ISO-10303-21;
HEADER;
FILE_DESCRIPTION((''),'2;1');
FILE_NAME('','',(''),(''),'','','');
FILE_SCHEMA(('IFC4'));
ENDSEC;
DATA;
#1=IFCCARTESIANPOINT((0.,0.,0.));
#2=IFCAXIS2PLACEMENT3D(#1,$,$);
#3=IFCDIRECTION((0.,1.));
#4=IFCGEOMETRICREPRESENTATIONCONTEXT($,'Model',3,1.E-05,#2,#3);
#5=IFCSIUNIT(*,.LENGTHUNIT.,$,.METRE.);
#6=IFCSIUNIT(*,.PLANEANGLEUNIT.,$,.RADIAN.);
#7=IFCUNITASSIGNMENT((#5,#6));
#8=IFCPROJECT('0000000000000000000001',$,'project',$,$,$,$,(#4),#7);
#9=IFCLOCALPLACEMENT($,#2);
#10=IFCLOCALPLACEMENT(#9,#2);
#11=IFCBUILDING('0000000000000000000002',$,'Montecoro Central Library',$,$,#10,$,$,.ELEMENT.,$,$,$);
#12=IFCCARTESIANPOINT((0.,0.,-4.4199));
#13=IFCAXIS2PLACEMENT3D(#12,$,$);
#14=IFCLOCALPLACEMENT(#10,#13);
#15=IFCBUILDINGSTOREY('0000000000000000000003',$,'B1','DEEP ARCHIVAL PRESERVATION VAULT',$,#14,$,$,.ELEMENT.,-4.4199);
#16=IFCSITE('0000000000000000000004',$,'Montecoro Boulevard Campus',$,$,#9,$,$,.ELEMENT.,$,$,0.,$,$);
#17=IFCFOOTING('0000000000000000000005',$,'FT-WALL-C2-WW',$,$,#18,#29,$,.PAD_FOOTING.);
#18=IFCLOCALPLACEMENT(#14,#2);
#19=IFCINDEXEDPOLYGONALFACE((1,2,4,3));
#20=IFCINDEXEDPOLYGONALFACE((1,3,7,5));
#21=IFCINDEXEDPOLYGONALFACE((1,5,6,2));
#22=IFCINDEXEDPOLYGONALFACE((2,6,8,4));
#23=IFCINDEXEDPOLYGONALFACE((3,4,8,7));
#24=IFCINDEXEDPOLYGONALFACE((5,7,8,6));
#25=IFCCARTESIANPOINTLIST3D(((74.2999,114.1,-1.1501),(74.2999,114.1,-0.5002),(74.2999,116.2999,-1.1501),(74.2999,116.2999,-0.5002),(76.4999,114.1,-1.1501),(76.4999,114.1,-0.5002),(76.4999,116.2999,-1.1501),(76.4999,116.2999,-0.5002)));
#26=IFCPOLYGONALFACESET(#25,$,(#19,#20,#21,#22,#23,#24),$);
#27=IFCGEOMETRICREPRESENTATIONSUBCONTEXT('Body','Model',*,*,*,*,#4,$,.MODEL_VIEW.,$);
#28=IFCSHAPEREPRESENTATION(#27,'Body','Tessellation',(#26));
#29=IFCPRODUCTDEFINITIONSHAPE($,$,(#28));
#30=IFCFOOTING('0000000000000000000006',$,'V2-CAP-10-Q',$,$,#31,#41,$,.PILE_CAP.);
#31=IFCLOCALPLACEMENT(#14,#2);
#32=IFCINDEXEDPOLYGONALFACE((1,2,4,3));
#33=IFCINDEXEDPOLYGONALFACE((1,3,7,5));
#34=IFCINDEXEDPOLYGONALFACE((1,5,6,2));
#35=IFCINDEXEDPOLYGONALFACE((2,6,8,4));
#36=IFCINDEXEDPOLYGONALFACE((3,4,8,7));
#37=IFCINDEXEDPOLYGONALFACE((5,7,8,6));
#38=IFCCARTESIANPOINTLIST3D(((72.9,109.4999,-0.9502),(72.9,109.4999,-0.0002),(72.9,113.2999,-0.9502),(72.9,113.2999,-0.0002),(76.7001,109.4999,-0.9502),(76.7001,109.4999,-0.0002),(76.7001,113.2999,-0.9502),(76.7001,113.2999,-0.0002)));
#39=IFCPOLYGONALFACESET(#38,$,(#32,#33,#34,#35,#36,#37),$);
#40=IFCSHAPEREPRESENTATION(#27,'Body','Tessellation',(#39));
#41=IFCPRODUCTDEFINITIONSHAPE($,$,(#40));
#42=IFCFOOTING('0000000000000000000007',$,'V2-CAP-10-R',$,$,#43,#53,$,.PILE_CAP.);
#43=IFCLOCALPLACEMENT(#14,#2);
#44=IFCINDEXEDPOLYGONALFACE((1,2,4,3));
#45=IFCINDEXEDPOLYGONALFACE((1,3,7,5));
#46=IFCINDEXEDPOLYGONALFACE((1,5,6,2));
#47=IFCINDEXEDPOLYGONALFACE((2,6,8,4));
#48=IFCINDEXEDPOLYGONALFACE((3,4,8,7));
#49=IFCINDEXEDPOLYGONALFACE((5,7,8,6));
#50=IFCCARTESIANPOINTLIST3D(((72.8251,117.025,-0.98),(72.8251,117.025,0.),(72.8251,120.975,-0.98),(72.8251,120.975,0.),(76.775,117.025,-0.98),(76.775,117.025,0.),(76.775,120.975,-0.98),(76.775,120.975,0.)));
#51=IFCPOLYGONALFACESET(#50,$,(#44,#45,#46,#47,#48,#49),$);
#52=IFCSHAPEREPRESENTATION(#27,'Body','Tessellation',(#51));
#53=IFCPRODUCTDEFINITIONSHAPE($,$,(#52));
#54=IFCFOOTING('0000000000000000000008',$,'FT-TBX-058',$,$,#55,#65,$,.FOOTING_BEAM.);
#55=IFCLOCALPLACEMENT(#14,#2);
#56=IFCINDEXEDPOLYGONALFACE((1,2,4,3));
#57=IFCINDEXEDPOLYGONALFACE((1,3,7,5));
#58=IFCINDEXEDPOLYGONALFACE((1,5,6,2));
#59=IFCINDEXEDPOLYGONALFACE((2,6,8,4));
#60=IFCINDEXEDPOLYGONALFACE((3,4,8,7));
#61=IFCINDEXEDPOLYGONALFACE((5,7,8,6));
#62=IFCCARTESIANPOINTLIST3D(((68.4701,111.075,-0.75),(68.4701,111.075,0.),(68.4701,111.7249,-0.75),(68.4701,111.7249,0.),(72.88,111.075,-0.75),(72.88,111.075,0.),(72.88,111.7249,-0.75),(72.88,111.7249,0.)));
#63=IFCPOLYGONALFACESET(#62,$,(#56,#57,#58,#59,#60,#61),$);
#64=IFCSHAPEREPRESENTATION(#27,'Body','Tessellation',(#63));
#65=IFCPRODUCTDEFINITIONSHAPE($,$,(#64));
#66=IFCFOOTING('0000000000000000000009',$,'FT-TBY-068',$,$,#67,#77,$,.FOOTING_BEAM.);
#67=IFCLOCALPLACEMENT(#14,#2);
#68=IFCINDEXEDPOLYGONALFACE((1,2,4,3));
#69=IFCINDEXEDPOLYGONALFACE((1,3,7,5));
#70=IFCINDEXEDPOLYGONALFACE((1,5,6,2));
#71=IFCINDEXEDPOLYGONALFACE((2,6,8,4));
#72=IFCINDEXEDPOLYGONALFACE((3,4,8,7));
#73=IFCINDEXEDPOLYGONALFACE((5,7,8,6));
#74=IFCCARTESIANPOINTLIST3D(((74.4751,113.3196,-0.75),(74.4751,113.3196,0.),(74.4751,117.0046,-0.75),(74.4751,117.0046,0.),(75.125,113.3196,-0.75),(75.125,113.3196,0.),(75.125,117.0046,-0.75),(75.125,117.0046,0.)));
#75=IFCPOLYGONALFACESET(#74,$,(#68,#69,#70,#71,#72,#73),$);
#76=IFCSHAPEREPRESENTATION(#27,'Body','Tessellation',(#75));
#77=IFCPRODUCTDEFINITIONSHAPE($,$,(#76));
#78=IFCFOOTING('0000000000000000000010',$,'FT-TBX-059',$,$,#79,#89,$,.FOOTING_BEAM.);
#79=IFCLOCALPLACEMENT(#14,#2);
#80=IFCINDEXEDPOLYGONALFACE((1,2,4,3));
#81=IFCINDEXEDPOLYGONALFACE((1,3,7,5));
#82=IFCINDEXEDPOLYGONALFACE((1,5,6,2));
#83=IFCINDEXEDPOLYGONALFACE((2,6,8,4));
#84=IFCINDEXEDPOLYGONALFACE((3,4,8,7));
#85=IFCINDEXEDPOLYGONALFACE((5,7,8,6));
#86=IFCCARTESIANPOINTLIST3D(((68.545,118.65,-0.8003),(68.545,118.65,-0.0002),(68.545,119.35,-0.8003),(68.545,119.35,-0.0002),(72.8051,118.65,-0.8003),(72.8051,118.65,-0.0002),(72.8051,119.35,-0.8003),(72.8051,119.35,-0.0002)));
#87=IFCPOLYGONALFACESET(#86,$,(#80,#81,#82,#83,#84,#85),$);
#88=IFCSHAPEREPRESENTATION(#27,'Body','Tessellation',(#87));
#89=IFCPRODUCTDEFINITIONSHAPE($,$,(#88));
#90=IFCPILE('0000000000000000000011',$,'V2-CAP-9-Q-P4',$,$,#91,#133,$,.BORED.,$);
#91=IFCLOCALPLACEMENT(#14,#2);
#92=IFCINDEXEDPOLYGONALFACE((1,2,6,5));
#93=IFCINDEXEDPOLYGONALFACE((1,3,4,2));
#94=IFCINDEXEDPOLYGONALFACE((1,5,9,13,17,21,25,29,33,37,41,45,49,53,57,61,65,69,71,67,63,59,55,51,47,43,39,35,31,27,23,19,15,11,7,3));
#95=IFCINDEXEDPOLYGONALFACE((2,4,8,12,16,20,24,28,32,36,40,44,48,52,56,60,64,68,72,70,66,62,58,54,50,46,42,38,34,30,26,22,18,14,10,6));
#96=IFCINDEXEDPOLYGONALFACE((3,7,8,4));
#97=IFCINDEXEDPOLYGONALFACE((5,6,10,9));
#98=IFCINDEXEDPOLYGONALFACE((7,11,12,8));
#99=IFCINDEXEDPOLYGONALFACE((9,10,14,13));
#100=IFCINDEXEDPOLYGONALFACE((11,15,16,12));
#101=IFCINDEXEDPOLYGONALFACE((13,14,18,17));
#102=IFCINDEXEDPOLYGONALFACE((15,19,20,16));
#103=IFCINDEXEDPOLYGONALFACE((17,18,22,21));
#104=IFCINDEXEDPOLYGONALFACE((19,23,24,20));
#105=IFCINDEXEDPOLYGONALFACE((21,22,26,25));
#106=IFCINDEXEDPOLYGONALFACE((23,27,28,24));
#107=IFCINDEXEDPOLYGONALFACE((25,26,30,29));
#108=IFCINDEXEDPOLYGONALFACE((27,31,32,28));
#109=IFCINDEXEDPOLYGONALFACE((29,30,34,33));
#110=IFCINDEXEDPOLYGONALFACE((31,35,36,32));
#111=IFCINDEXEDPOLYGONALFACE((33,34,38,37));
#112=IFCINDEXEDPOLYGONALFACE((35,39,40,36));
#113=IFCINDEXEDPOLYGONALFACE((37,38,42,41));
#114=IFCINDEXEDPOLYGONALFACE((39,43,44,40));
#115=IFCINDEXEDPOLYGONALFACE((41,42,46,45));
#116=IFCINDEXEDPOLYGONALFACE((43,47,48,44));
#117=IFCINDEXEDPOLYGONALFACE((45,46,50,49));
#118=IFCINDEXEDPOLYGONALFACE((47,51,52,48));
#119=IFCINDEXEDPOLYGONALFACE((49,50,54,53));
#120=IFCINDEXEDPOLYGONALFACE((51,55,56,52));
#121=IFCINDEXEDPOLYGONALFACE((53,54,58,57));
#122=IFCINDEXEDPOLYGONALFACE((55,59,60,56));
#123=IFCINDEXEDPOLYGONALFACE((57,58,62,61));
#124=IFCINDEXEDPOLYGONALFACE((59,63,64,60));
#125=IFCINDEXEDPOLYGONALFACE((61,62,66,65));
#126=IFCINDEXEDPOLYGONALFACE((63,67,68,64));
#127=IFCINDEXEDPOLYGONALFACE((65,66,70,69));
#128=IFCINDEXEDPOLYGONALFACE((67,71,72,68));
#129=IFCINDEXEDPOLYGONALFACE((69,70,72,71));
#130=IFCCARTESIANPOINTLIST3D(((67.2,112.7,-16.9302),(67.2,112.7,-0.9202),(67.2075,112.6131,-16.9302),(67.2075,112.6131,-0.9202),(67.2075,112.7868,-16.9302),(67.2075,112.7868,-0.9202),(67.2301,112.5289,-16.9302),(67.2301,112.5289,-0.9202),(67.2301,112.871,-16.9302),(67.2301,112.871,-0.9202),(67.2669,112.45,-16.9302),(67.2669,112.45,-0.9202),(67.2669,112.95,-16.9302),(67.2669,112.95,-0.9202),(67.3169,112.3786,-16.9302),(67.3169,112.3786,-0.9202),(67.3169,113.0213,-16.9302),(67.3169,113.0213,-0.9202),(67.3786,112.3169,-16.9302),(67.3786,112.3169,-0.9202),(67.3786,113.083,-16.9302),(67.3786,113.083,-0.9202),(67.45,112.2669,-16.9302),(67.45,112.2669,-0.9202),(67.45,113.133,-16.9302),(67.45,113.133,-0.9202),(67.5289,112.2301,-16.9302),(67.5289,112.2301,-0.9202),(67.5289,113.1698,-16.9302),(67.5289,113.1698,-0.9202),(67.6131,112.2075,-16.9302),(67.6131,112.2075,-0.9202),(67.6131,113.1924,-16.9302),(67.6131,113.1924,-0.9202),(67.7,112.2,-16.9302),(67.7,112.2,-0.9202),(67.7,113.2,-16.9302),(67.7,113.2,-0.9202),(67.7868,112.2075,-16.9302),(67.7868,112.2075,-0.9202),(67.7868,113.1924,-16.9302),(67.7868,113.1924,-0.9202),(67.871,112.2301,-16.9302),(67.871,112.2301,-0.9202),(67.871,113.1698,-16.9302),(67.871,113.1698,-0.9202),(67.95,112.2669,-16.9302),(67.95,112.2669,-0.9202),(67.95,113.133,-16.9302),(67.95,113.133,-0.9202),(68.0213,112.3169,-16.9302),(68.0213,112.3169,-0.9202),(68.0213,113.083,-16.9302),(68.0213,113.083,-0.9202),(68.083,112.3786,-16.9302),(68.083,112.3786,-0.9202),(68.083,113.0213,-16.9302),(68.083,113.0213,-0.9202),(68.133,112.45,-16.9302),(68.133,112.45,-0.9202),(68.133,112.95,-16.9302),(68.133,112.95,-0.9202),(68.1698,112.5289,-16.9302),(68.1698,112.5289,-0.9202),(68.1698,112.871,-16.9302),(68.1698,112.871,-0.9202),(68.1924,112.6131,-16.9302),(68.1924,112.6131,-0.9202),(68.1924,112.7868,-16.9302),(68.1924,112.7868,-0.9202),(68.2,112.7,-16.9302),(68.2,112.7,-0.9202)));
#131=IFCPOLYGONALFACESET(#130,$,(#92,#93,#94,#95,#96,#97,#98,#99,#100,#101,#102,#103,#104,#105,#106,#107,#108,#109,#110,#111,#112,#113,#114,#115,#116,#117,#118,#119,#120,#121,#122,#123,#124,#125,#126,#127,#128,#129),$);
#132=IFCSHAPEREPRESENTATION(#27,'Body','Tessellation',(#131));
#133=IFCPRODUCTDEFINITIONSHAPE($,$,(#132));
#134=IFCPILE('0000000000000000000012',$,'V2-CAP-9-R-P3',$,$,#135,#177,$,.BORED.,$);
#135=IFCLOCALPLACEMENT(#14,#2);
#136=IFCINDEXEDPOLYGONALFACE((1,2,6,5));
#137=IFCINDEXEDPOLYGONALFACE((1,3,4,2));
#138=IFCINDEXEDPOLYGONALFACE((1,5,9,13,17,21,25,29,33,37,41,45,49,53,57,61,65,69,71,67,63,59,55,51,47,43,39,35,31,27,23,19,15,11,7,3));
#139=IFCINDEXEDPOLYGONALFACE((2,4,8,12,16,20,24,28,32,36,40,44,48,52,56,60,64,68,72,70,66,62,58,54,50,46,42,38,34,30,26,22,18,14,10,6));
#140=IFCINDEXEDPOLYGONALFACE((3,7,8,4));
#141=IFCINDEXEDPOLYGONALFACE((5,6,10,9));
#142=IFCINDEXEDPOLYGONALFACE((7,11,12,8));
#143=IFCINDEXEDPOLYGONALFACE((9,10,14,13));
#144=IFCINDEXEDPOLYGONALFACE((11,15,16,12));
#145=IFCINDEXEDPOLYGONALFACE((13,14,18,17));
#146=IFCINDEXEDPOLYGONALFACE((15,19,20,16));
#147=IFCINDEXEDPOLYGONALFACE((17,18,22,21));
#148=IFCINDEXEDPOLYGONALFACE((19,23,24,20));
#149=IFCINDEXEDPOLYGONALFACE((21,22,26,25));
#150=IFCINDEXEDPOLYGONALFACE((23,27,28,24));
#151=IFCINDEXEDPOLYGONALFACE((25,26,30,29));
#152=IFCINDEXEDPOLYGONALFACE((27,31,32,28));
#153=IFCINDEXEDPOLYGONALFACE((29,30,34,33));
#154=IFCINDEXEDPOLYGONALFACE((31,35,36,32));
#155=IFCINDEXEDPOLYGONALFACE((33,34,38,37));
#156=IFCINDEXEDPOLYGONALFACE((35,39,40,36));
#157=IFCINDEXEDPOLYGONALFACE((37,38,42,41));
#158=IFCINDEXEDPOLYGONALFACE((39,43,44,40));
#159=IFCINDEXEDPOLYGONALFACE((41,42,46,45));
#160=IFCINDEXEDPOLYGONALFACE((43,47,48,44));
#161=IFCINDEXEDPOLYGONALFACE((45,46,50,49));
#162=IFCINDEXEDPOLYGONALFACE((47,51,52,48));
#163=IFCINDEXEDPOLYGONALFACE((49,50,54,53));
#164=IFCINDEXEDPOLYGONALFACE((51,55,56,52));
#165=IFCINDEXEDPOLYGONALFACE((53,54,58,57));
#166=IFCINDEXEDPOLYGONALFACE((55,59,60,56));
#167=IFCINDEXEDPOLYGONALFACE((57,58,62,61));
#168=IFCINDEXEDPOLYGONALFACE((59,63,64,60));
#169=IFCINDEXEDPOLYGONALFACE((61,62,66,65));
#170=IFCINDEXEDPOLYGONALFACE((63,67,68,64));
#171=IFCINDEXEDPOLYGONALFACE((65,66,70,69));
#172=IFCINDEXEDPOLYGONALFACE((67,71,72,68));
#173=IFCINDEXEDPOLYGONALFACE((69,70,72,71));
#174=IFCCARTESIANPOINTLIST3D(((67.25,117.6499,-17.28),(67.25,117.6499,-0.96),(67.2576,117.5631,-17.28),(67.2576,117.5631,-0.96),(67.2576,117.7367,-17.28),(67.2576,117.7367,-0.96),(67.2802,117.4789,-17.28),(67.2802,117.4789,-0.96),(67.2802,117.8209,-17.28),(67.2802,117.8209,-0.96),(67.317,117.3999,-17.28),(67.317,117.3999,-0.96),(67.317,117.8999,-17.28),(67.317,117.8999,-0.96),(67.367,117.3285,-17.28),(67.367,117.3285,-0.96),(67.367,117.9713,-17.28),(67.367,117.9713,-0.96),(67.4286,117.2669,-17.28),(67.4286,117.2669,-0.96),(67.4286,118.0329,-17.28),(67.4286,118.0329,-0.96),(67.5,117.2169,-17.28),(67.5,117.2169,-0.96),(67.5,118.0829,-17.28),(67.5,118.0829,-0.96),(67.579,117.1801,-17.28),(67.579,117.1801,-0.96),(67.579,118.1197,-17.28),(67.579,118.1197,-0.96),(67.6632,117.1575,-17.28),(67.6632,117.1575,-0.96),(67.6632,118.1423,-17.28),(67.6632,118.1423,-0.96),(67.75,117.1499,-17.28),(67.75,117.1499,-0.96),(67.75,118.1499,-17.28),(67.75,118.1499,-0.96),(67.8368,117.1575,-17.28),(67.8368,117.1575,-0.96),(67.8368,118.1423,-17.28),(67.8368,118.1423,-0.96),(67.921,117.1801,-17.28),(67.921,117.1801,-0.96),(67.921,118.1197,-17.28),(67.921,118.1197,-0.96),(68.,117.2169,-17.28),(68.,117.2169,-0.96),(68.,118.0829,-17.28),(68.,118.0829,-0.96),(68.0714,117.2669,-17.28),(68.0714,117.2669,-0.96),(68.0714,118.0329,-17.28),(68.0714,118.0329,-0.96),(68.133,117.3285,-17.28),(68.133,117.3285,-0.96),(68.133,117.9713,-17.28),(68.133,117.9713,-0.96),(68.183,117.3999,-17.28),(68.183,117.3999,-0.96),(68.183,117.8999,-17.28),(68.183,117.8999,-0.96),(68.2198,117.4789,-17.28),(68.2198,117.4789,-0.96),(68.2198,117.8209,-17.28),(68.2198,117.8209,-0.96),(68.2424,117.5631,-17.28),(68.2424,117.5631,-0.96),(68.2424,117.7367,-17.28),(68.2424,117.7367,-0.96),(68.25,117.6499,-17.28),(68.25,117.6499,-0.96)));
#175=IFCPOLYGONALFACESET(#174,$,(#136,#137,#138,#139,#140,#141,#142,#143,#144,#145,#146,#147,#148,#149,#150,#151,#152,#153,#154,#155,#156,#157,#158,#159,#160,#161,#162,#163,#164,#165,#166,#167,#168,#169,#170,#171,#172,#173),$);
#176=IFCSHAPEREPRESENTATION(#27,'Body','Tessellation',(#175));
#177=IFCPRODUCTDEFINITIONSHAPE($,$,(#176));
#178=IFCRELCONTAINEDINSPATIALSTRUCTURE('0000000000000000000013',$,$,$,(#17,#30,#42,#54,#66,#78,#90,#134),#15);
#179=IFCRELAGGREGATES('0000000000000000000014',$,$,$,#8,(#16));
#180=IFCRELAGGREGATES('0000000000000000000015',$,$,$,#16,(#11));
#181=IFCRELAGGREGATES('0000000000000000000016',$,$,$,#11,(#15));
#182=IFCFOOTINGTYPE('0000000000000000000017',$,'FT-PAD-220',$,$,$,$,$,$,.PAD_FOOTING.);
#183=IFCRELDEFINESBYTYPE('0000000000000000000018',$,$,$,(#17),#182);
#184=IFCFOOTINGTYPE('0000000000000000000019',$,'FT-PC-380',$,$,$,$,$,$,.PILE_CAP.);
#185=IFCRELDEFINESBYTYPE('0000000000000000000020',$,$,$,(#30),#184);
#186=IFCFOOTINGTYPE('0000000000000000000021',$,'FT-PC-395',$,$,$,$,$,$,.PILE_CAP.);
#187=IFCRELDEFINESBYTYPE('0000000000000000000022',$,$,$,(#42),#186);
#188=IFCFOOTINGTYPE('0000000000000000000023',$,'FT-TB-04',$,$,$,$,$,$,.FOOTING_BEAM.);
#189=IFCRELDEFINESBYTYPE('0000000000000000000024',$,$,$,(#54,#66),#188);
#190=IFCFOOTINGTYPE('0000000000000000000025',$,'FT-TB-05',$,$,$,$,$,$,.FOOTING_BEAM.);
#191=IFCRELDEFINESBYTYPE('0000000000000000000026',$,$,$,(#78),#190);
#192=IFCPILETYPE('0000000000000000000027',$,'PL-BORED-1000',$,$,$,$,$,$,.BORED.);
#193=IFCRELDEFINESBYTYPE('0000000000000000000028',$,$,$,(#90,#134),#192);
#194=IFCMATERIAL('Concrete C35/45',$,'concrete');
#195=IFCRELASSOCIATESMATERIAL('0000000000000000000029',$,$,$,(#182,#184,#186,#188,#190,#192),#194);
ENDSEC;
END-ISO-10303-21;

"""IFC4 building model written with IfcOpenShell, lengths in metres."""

from ifc_helpers import new_model, si_unit, direction, frame, origin, origin_2d, place, context, subcontext, project, spatial, rectangle, circle, extrude, material, material_profile, profile_set, type_object, element, save


model = new_model("IFC4")

# Units and contexts
model_context = context("Model", 3, precision=1e-05, world=origin(), true_north=direction((0.0, 1.0)))
body_context = subcontext(model_context, "Body", "Model", "MODEL_VIEW")
ifc_project = project(units=[si_unit("LENGTHUNIT", "METRE"), si_unit("PLANEANGLEUNIT", "RADIAN")], contexts=[model_context])

# Site, building, storey
site_placement = place(None, origin())
site = spatial("IfcSite", under=ifc_project, at=site_placement, Name="Montecoro Boulevard Campus", CompositionType="ELEMENT", RefElevation=0.0)
building_placement = place(site_placement, origin())
building = spatial("IfcBuilding", under=site, at=building_placement, Name="Montecoro Central Library", CompositionType="ELEMENT")
storey_placement = place(building_placement, frame((0.0, 0.0, -4.4199)))
storey = spatial("IfcBuildingStorey", under=building, at=storey_placement, Name="B1", Description="DEEP ARCHIVAL PRESERVATION VAULT", CompositionType="ELEMENT", Elevation=-4.4199)

# Footings
ifc_material_1 = material(Name="Concrete C35/45", Category="concrete")
footing_type_1 = type_object("IfcFootingType", Name="FT-PAD-220", PredefinedType="PAD_FOOTING", material=ifc_material_1)
footing_1_placement = place(storey_placement, frame((75.3999, 115.2, -1.1501), z_axis=(0.0, 0.0, 1.0), x_axis=(1.0, 0.0, 0.0)))
element("IfcFooting", 1, at=footing_1_placement, inside=storey, type_object=footing_type_1, Name="FT-WALL-C2-WW", PredefinedType="PAD_FOOTING", context=body_context, shape_type="SweptSolid", body=[
    extrude(rectangle(XDim=2.2, YDim=2.2, at=origin_2d()), origin(), (0.0, 0.0, 1.0), 0.6499),
])
footing_type_2 = type_object("IfcFootingType", Name="FT-PC-380", PredefinedType="PILE_CAP", material=ifc_material_1)
footing_2_placement = place(storey_placement, frame((74.8, 111.3999, -0.9502), z_axis=(0.0, 0.0, 1.0), x_axis=(1.0, 0.0, 0.0)))
element("IfcFooting", 2, at=footing_2_placement, inside=storey, type_object=footing_type_2, Name="V2-CAP-10-Q", PredefinedType="PILE_CAP", context=body_context, shape_type="SweptSolid", body=[
    extrude(rectangle(XDim=3.8, YDim=3.8, at=origin_2d()), origin(), (0.0, 0.0, 1.0), 0.95),
])
footing_type_3 = type_object("IfcFootingType", Name="FT-PC-395", PredefinedType="PILE_CAP", material=ifc_material_1)
footing_3_placement = place(storey_placement, frame((74.8, 119.0, -0.98), z_axis=(0.0, 0.0, 1.0), x_axis=(1.0, 0.0, 0.0)))
element("IfcFooting", 3, at=footing_3_placement, inside=storey, type_object=footing_type_3, Name="V2-CAP-10-R", PredefinedType="PILE_CAP", context=body_context, shape_type="SweptSolid", body=[
    extrude(rectangle(XDim=3.95, YDim=3.95, at=origin_2d()), origin(), (0.0, 0.0, 1.0), 0.98),
])
footing_type_4 = type_object("IfcFootingType", Name="FT-TB-04", PredefinedType="FOOTING_BEAM", material=ifc_material_1)
footing_4_placement = place(storey_placement, frame((70.675, 111.3999, -0.75), z_axis=(0.0, 0.0, 1.0), x_axis=(1.0, 0.0, 0.0)))
element("IfcFooting", 4, at=footing_4_placement, inside=storey, type_object=footing_type_4, Name="FT-TBX-058", PredefinedType="FOOTING_BEAM", context=body_context, shape_type="SweptSolid", body=[
    extrude(rectangle(XDim=4.4099, YDim=0.6499, at=origin_2d()), origin(), (0.0, 0.0, 1.0), 0.75),
])
footing_5_placement = place(storey_placement, frame((74.8, 115.1621, -0.75), z_axis=(0.0, 0.0, 1.0), x_axis=(1.0, 0.0, 0.0)))
element("IfcFooting", 5, at=footing_5_placement, inside=storey, type_object=footing_type_4, Name="FT-TBY-068", PredefinedType="FOOTING_BEAM", context=body_context, shape_type="SweptSolid", body=[
    extrude(rectangle(XDim=0.6499, YDim=3.6851, at=origin_2d()), origin(), (0.0, 0.0, 1.0), 0.75),
])
footing_type_5 = type_object("IfcFootingType", Name="FT-TB-05", PredefinedType="FOOTING_BEAM", material=ifc_material_1)
footing_6_placement = place(storey_placement, frame((70.675, 119.0, -0.8003), z_axis=(0.0, 0.0, 1.0), x_axis=(1.0, 0.0, 0.0)))
element("IfcFooting", 6, at=footing_6_placement, inside=storey, type_object=footing_type_5, Name="FT-TBX-059", PredefinedType="FOOTING_BEAM", context=body_context, shape_type="SweptSolid", body=[
    extrude(rectangle(XDim=4.26, YDim=0.7, at=origin_2d()), origin(), (0.0, 0.0, 1.0), 0.8),
])

# Piles
ifc_material_profile_1 = material_profile(ifc_material_1, circle(Radius=0.5, at=origin_2d()), Name="PILE D1000")
ifc_profile_set_1 = profile_set([ifc_material_profile_1], Name="Concrete C35/45")
pile_type_1 = type_object("IfcPileType", Name="PL-BORED-1000", PredefinedType="BORED", material=ifc_profile_set_1)
pile_placement = place(storey_placement, frame((67.7, 112.7, -0.9202), z_axis=(0.0, 0.0, -1.0), x_axis=(1.0, 0.0, 0.0)))
element("IfcPile", 7, at=pile_placement, inside=storey, type_object=pile_type_1, Name="V2-CAP-9-Q-P4", PredefinedType="BORED", context=body_context, shape_type="SweptSolid", body=[
    extrude(circle(Radius=0.5, at=origin_2d()), origin(), (0.0, 0.0, 1.0), 16.01),
])
for number, where, z_axis, x_axis, name in (
    (8, (67.75, 117.6499, -0.96), (0.0, 0.0, -1.0), (1.0, 0.0, 0.0), "V2-CAP-9-R-P3"),
):
    element("IfcPile", number, at=place(storey_placement, frame(where, z_axis=z_axis, x_axis=x_axis)), inside=storey, type_object=pile_type_1, Name=name, PredefinedType="BORED", context=body_context, shape_type="SweptSolid", body=[
        extrude(circle(Radius=0.5, at=origin_2d()), origin(), (0.0, 0.0, 1.0), 16.3201),
    ])

save(model, "model.ifc")
